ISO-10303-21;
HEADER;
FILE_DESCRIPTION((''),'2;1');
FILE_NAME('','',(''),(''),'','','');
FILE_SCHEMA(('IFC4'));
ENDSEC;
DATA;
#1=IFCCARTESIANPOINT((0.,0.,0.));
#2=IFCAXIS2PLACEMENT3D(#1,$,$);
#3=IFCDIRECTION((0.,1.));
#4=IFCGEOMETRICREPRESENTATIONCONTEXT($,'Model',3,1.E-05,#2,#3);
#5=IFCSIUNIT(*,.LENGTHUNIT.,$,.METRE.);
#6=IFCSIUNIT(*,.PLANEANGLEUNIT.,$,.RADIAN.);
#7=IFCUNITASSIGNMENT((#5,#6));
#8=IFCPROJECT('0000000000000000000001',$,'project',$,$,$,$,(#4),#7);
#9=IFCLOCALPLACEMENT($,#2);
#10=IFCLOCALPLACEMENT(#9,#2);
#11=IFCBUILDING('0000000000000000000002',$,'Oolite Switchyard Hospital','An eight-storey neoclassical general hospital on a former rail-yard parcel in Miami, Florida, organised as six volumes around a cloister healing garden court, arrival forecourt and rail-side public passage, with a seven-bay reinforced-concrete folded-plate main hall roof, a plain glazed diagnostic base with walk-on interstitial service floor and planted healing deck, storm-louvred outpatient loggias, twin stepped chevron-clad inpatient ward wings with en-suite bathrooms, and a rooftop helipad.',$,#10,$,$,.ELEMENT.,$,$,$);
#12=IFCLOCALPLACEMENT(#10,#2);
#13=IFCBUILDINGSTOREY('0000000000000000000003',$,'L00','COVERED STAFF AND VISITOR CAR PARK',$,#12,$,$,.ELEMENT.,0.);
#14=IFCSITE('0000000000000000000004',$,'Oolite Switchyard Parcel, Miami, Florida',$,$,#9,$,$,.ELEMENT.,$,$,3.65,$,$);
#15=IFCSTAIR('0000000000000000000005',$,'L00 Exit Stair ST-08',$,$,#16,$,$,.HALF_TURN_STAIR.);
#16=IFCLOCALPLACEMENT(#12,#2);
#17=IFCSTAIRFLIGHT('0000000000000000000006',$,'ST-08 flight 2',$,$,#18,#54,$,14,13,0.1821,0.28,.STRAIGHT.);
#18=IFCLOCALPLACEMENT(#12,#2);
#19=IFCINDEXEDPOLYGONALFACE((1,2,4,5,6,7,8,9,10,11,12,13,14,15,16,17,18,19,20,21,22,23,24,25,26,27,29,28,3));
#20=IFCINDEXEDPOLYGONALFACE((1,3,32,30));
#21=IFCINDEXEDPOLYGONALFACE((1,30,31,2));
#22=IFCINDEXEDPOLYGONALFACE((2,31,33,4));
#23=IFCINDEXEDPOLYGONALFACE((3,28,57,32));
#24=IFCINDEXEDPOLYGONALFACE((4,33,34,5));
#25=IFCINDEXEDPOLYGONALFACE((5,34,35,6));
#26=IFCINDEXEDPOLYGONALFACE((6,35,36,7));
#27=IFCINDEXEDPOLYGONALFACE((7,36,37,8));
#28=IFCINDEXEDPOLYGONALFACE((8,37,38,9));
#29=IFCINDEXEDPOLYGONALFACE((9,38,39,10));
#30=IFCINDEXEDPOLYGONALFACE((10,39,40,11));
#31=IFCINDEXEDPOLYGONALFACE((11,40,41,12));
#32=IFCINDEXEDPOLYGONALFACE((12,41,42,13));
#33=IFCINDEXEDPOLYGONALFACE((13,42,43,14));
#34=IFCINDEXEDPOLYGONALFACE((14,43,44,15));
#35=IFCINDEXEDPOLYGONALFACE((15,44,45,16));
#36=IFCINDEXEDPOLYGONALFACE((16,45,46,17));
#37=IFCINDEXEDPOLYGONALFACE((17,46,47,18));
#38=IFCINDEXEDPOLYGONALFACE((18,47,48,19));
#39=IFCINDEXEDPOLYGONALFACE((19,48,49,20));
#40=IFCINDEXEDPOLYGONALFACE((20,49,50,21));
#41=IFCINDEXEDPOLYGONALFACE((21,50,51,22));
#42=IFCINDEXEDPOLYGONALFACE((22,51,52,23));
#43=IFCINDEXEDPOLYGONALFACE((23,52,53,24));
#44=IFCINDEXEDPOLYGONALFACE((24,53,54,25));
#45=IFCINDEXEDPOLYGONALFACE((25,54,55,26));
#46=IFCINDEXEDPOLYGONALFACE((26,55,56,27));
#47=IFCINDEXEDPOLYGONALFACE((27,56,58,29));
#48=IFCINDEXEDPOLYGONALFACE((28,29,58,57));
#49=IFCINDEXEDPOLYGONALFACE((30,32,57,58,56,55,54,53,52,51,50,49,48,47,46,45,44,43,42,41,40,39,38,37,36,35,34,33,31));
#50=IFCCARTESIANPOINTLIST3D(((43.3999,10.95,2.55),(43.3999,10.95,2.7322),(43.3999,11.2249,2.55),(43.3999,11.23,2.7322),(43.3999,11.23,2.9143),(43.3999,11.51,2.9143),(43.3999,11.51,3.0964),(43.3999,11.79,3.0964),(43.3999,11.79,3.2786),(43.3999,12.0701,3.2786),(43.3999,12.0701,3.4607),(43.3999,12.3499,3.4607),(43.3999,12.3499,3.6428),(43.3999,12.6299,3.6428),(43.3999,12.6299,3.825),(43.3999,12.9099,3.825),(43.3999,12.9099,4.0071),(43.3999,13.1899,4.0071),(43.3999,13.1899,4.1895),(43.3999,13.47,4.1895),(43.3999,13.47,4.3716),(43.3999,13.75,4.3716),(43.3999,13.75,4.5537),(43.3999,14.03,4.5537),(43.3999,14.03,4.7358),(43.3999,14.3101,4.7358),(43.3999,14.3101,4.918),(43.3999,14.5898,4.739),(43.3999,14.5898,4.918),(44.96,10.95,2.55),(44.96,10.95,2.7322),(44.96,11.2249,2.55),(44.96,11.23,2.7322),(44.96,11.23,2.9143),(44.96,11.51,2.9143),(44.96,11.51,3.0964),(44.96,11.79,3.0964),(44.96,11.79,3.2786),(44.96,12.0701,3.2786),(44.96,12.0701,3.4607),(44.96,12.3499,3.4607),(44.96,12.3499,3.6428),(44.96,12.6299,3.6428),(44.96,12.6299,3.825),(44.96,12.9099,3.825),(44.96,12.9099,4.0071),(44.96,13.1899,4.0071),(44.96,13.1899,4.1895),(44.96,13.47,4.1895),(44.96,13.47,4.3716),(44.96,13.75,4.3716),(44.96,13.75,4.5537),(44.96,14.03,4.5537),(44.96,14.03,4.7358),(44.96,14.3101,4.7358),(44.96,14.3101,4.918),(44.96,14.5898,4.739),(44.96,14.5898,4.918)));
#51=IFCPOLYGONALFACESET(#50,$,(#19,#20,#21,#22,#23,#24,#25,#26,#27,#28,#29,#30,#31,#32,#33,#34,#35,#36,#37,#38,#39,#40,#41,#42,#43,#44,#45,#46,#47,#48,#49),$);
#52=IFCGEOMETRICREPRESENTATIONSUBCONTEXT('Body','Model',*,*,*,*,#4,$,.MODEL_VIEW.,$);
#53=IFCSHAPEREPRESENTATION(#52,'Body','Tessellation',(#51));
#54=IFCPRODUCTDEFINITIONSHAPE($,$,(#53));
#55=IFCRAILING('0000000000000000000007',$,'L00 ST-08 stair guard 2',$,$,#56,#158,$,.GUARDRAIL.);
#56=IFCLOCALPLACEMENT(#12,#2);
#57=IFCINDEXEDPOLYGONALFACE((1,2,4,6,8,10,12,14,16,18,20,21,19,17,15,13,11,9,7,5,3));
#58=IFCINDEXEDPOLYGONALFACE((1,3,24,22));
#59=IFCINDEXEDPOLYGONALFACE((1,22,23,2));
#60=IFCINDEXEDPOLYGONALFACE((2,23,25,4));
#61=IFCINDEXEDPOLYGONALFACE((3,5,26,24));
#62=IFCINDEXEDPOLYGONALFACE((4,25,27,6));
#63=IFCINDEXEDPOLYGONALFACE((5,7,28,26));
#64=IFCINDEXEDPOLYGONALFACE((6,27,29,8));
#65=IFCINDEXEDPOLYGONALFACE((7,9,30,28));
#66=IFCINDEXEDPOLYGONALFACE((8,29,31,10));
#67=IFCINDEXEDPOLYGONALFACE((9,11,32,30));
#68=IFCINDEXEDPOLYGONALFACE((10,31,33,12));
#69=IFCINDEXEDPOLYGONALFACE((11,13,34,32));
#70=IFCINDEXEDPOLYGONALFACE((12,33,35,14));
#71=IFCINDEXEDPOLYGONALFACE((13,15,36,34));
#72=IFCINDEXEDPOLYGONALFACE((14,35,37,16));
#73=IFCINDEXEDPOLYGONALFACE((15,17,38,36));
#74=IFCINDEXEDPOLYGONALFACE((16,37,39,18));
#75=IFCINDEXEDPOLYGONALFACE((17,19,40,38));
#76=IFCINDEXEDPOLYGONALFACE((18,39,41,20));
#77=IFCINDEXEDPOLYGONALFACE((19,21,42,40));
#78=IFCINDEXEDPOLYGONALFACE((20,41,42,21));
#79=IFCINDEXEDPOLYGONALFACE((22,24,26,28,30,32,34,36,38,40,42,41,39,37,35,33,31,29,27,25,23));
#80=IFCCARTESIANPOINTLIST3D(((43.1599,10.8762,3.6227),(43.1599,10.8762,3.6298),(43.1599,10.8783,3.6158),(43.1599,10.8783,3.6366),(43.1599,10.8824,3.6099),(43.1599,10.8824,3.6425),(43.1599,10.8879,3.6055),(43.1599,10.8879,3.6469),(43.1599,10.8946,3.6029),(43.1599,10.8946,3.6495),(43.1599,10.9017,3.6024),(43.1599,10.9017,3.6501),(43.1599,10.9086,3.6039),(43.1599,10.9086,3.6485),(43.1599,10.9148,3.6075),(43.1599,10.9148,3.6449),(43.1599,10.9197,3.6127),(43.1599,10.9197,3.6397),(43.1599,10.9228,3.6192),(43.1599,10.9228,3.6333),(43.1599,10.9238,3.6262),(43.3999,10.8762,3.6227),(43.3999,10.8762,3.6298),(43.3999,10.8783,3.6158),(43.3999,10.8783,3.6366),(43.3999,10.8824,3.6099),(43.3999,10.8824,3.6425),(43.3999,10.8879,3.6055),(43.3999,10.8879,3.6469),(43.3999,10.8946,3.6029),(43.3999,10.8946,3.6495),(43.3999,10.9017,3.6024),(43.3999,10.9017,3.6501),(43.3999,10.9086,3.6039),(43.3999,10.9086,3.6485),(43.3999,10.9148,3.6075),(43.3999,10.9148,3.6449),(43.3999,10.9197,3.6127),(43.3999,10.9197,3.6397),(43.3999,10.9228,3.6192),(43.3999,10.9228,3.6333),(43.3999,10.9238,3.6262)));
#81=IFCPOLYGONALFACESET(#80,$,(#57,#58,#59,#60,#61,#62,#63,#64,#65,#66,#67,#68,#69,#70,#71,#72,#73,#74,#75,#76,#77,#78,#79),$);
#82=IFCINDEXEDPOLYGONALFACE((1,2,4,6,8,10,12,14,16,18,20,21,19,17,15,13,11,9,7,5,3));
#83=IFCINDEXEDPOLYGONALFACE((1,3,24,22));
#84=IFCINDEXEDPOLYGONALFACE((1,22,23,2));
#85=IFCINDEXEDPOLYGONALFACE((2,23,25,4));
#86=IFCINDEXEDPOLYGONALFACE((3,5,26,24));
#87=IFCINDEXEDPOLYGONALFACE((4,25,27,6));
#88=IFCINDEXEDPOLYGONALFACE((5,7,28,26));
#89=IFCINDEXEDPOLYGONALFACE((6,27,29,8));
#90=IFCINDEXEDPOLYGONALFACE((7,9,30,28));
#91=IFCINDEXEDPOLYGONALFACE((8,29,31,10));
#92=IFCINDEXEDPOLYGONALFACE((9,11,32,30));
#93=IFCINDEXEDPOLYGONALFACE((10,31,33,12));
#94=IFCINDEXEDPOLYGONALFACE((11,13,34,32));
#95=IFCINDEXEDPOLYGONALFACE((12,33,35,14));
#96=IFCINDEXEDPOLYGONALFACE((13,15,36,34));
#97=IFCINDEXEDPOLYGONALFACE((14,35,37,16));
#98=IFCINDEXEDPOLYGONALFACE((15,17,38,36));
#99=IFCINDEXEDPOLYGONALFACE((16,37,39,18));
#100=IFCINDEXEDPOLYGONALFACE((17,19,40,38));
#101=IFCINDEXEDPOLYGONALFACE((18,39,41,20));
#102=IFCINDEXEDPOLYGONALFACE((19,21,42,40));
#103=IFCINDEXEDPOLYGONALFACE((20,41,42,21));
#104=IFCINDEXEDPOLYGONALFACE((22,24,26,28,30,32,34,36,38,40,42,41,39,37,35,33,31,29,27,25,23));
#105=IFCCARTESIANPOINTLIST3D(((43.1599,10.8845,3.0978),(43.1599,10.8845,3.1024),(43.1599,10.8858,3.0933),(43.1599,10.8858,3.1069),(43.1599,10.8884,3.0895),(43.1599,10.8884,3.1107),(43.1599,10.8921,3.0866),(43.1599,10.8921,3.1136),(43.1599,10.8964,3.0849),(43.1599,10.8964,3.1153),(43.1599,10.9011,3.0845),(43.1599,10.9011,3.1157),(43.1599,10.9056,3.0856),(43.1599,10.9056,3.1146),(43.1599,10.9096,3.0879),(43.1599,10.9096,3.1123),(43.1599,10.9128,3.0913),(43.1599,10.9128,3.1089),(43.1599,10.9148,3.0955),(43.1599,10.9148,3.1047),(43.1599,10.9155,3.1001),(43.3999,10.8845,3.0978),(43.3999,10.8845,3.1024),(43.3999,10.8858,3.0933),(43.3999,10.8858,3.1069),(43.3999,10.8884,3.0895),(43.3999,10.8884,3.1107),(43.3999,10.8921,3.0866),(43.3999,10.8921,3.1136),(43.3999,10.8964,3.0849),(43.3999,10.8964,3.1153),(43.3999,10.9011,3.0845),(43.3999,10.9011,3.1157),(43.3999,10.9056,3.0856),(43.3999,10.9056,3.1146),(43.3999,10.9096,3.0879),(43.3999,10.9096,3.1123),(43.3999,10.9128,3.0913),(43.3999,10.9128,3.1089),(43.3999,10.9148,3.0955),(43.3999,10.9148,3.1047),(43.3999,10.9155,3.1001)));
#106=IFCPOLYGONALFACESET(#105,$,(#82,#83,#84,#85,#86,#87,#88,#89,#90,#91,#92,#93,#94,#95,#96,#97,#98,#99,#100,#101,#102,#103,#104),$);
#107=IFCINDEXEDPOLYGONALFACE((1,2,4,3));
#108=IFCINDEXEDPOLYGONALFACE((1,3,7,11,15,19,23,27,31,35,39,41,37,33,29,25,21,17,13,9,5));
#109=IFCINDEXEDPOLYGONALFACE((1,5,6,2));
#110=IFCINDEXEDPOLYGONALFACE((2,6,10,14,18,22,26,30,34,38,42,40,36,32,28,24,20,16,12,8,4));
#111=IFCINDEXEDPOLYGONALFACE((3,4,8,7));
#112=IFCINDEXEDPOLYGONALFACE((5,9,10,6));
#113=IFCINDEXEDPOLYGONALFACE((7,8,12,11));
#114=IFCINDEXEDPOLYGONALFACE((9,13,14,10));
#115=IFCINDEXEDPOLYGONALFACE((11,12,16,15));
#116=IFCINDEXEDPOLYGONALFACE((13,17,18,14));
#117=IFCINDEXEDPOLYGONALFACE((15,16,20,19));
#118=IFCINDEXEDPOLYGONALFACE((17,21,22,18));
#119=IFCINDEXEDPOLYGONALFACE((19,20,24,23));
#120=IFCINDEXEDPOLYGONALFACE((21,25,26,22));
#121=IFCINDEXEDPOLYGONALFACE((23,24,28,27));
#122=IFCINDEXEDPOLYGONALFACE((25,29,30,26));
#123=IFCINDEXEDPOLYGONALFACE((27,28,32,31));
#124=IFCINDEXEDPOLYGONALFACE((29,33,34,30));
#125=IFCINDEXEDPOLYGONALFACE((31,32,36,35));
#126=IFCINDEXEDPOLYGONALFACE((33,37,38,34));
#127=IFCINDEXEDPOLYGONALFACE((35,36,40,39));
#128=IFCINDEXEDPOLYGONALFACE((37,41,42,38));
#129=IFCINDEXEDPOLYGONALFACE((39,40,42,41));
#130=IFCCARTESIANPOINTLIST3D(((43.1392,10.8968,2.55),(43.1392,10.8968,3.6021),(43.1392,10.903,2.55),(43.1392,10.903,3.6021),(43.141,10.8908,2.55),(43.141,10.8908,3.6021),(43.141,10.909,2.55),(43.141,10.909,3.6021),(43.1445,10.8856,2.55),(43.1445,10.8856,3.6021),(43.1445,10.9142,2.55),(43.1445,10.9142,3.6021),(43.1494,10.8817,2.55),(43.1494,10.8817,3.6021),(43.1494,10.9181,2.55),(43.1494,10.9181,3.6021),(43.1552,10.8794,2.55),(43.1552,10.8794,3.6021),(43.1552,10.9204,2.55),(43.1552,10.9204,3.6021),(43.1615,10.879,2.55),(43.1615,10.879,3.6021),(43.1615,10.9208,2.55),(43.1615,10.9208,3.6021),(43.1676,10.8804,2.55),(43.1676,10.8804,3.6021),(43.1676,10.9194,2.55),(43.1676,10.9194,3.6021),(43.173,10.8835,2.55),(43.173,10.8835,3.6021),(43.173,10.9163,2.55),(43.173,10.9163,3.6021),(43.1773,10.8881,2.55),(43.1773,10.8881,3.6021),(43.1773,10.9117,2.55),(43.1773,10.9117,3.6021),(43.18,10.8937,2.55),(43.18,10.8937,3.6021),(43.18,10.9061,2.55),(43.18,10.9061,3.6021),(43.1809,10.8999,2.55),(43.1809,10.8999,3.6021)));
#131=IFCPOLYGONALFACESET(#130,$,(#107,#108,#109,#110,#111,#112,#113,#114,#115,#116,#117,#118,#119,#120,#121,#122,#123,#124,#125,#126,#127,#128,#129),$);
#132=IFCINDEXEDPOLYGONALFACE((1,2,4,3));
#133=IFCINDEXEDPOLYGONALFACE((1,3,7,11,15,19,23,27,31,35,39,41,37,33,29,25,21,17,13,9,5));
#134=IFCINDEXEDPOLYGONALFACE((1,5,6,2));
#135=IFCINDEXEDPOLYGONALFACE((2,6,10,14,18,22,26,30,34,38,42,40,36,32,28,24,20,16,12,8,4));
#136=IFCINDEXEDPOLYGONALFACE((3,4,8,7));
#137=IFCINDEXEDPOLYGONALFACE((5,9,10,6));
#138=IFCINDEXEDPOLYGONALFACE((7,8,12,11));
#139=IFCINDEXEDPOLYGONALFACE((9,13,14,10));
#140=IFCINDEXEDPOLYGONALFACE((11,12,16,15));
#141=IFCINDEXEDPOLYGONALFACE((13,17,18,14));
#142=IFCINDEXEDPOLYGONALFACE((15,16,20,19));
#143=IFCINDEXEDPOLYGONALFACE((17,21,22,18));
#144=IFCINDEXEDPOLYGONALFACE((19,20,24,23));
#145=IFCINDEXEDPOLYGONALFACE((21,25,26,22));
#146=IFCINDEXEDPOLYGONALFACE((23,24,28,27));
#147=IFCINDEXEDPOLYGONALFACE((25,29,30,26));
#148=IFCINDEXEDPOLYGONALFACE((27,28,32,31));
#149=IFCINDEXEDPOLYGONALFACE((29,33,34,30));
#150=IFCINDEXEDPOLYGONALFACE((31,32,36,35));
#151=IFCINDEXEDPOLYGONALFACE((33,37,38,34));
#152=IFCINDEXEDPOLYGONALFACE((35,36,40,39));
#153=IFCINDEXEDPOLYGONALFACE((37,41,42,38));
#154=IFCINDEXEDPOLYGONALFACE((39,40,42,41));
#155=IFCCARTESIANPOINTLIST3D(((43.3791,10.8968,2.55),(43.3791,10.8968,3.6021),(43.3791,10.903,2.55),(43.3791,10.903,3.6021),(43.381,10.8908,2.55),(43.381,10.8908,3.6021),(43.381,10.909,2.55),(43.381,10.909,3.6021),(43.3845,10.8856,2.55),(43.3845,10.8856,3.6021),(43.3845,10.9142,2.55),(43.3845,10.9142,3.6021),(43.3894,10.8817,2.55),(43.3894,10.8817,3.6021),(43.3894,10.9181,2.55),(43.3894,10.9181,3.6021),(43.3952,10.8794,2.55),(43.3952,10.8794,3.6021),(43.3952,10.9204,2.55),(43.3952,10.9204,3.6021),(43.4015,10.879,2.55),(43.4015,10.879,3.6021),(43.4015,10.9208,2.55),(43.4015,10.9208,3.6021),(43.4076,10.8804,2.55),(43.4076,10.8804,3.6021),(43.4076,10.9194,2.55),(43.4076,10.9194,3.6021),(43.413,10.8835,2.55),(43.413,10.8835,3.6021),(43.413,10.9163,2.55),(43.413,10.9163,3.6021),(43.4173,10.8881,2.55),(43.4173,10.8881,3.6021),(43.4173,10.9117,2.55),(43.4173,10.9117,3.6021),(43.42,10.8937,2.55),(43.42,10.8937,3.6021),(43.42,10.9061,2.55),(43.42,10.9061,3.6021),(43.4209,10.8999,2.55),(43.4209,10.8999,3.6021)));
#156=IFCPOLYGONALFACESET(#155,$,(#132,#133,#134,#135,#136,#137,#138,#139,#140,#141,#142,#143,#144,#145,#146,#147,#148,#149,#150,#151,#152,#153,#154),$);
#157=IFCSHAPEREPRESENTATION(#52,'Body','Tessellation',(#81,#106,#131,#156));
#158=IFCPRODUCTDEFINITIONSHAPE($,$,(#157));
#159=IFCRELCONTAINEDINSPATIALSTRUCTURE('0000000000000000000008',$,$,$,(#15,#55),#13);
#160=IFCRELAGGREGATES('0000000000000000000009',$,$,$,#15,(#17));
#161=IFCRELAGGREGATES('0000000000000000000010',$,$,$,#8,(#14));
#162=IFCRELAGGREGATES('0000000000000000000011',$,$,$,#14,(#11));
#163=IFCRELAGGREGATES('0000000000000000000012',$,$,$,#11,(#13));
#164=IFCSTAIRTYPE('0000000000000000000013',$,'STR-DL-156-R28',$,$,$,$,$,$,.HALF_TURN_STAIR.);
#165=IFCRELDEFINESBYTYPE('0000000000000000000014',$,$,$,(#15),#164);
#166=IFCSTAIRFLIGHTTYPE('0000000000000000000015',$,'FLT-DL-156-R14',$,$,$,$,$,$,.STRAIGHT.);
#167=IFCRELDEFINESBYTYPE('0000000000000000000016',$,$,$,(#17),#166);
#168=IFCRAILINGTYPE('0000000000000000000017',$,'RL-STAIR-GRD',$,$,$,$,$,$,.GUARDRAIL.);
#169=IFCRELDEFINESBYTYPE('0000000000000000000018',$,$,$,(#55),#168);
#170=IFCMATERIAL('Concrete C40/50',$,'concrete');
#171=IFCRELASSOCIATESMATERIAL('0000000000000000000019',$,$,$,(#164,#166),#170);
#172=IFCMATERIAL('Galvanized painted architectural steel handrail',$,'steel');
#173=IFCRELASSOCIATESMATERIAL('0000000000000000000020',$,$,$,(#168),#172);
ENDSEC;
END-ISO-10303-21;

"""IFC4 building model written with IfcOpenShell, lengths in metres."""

from ifc_helpers import new_model, si_unit, direction, frame, origin, origin_2d, place, context, subcontext, project, spatial, polyline, circle, outline, extrude, material, type_object, element, aggregate, save


model = new_model("IFC4")

# Units and contexts
model_context = context("Model", 3, precision=1e-05, world=origin(), true_north=direction((0.0, 1.0)))
body_context = subcontext(model_context, "Body", "Model", "MODEL_VIEW")
ifc_project = project(units=[si_unit("LENGTHUNIT", "METRE"), si_unit("PLANEANGLEUNIT", "RADIAN")], contexts=[model_context])

# Site, building, storey
site_placement = place(None, origin())
site = spatial("IfcSite", under=ifc_project, at=site_placement, Name="Oolite Switchyard Parcel, Miami, Florida", CompositionType="ELEMENT", RefElevation=3.65)
building_placement = place(site_placement, origin())
building = spatial("IfcBuilding", under=site, at=building_placement, Name="Oolite Switchyard Hospital", Description="An eight-storey neoclassical general hospital on a former rail-yard parcel in Miami, Florida, organised as six volumes around a cloister healing garden court, arrival forecourt and rail-side public passage, with a seven-bay reinforced-concrete folded-plate main hall roof, a plain glazed diagnostic base with walk-on interstitial service floor and planted healing deck, storm-louvred outpatient loggias, twin stepped chevron-clad inpatient ward wings with en-suite bathrooms, and a rooftop helipad.", CompositionType="ELEMENT")
storey_placement = place(building_placement, origin())
storey = spatial("IfcBuildingStorey", under=building, at=storey_placement, Name="L00", Description="COVERED STAFF AND VISITOR CAR PARK", CompositionType="ELEMENT", Elevation=0.0)

# Shared definitions
ifc_material_1 = material(Name="Concrete C40/50", Category="concrete")

# Stair, stair flight
stair_type = type_object("IfcStairType", Name="STR-DL-156-R28", PredefinedType="HALF_TURN_STAIR", material=ifc_material_1)
stair_placement = place(storey_placement, origin())
stair = element("IfcStair", 1, at=stair_placement, inside=storey, type_object=stair_type, Name="L00 Exit Stair ST-08", PredefinedType="HALF_TURN_STAIR")
stair_flight_type = type_object("IfcStairFlightType", Name="FLT-DL-156-R14", PredefinedType="STRAIGHT", material=ifc_material_1)
stair_flight_placement = place(storey_placement, frame((44.1799, 10.95, 2.55), z_axis=(0.0, 0.0, 1.0), x_axis=(0.0, 1.0, 0.0)))
stair_flight = element("IfcStairFlight", 2, at=stair_flight_placement, type_object=stair_flight_type, Name="ST-08 flight 2", NumberOfRisers=14, NumberOfTreads=13, PredefinedType="STRAIGHT", RiserHeight=0.1821, TreadLength=0.28, context=body_context, shape_type="SweptSolid", body=[
    extrude(outline(polyline([(0.0, 0.0), (0.0, 0.1821), (0.28, 0.1821), (0.28, 0.3643), (0.5601, 0.3643), (0.5601, 0.5464), (0.8401, 0.5464), (0.8401, 0.7285), (1.1201, 0.7285), (1.1201, 0.9106), (1.3999, 0.9106), (1.3999, 1.0928), (1.6799, 1.0928), (1.6799, 1.2749), (1.96, 1.2749), (1.96, 1.457), (2.24, 1.457), (2.24, 1.6394), (2.52, 1.6394), (2.52, 1.8215), (2.8, 1.8215), (2.8, 2.0037), (3.0801, 2.0037), (3.0801, 2.1858), (3.3601, 2.1858), (3.3601, 2.3679), (3.6399, 2.3679), (3.6399, 2.55), (3.6399, 2.189), (0.2749, 0.0), (0.0, 0.0)])), frame((0.0, 0.78, 0.0), z_axis=(0.0, -1.0, 0.0), x_axis=(1.0, 0.0, 0.0)), (0.0, 0.0, 1.0), 1.5601),
])
aggregate(stair, [stair_flight])

# Railing
ifc_material_2 = material(Name="Galvanized painted architectural steel handrail", Category="steel")
railing_type_1 = type_object("IfcRailingType", Name="RL-STAIR-GRD", PredefinedType="GUARDRAIL", material=ifc_material_2)
railing_1_placement = place(storey_placement, frame((43.1599, 10.8999, 2.55)))
element("IfcRailing", 3, at=railing_1_placement, inside=storey, type_object=railing_type_1, Name="L00 ST-08 stair guard 2", PredefinedType="GUARDRAIL", context=body_context, shape_type="SweptSolid", body=[
    extrude(circle(Radius=0.0239, at=origin_2d()), frame((0.0, 0.0, 1.0762), z_axis=(1.0, 0.0, 0.0), x_axis=(0.0, 1.0, 0.0)), (0.0, 0.0, 1.0), 0.24),
    extrude(circle(Radius=0.0156, at=origin_2d()), frame((0.0, 0.0, 0.55), z_axis=(1.0, 0.0, 0.0), x_axis=(0.0, 1.0, 0.0)), (0.0, 0.0, 1.0), 0.24),
    extrude(circle(Radius=0.021, at=origin_2d()), origin(), (0.0, 0.0, 1.0), 1.052),
    extrude(circle(Radius=0.021, at=origin_2d()), frame((0.24, 0.0, 0.0)), (0.0, 0.0, 1.0), 1.052),
])

save(model, "model.ifc")
